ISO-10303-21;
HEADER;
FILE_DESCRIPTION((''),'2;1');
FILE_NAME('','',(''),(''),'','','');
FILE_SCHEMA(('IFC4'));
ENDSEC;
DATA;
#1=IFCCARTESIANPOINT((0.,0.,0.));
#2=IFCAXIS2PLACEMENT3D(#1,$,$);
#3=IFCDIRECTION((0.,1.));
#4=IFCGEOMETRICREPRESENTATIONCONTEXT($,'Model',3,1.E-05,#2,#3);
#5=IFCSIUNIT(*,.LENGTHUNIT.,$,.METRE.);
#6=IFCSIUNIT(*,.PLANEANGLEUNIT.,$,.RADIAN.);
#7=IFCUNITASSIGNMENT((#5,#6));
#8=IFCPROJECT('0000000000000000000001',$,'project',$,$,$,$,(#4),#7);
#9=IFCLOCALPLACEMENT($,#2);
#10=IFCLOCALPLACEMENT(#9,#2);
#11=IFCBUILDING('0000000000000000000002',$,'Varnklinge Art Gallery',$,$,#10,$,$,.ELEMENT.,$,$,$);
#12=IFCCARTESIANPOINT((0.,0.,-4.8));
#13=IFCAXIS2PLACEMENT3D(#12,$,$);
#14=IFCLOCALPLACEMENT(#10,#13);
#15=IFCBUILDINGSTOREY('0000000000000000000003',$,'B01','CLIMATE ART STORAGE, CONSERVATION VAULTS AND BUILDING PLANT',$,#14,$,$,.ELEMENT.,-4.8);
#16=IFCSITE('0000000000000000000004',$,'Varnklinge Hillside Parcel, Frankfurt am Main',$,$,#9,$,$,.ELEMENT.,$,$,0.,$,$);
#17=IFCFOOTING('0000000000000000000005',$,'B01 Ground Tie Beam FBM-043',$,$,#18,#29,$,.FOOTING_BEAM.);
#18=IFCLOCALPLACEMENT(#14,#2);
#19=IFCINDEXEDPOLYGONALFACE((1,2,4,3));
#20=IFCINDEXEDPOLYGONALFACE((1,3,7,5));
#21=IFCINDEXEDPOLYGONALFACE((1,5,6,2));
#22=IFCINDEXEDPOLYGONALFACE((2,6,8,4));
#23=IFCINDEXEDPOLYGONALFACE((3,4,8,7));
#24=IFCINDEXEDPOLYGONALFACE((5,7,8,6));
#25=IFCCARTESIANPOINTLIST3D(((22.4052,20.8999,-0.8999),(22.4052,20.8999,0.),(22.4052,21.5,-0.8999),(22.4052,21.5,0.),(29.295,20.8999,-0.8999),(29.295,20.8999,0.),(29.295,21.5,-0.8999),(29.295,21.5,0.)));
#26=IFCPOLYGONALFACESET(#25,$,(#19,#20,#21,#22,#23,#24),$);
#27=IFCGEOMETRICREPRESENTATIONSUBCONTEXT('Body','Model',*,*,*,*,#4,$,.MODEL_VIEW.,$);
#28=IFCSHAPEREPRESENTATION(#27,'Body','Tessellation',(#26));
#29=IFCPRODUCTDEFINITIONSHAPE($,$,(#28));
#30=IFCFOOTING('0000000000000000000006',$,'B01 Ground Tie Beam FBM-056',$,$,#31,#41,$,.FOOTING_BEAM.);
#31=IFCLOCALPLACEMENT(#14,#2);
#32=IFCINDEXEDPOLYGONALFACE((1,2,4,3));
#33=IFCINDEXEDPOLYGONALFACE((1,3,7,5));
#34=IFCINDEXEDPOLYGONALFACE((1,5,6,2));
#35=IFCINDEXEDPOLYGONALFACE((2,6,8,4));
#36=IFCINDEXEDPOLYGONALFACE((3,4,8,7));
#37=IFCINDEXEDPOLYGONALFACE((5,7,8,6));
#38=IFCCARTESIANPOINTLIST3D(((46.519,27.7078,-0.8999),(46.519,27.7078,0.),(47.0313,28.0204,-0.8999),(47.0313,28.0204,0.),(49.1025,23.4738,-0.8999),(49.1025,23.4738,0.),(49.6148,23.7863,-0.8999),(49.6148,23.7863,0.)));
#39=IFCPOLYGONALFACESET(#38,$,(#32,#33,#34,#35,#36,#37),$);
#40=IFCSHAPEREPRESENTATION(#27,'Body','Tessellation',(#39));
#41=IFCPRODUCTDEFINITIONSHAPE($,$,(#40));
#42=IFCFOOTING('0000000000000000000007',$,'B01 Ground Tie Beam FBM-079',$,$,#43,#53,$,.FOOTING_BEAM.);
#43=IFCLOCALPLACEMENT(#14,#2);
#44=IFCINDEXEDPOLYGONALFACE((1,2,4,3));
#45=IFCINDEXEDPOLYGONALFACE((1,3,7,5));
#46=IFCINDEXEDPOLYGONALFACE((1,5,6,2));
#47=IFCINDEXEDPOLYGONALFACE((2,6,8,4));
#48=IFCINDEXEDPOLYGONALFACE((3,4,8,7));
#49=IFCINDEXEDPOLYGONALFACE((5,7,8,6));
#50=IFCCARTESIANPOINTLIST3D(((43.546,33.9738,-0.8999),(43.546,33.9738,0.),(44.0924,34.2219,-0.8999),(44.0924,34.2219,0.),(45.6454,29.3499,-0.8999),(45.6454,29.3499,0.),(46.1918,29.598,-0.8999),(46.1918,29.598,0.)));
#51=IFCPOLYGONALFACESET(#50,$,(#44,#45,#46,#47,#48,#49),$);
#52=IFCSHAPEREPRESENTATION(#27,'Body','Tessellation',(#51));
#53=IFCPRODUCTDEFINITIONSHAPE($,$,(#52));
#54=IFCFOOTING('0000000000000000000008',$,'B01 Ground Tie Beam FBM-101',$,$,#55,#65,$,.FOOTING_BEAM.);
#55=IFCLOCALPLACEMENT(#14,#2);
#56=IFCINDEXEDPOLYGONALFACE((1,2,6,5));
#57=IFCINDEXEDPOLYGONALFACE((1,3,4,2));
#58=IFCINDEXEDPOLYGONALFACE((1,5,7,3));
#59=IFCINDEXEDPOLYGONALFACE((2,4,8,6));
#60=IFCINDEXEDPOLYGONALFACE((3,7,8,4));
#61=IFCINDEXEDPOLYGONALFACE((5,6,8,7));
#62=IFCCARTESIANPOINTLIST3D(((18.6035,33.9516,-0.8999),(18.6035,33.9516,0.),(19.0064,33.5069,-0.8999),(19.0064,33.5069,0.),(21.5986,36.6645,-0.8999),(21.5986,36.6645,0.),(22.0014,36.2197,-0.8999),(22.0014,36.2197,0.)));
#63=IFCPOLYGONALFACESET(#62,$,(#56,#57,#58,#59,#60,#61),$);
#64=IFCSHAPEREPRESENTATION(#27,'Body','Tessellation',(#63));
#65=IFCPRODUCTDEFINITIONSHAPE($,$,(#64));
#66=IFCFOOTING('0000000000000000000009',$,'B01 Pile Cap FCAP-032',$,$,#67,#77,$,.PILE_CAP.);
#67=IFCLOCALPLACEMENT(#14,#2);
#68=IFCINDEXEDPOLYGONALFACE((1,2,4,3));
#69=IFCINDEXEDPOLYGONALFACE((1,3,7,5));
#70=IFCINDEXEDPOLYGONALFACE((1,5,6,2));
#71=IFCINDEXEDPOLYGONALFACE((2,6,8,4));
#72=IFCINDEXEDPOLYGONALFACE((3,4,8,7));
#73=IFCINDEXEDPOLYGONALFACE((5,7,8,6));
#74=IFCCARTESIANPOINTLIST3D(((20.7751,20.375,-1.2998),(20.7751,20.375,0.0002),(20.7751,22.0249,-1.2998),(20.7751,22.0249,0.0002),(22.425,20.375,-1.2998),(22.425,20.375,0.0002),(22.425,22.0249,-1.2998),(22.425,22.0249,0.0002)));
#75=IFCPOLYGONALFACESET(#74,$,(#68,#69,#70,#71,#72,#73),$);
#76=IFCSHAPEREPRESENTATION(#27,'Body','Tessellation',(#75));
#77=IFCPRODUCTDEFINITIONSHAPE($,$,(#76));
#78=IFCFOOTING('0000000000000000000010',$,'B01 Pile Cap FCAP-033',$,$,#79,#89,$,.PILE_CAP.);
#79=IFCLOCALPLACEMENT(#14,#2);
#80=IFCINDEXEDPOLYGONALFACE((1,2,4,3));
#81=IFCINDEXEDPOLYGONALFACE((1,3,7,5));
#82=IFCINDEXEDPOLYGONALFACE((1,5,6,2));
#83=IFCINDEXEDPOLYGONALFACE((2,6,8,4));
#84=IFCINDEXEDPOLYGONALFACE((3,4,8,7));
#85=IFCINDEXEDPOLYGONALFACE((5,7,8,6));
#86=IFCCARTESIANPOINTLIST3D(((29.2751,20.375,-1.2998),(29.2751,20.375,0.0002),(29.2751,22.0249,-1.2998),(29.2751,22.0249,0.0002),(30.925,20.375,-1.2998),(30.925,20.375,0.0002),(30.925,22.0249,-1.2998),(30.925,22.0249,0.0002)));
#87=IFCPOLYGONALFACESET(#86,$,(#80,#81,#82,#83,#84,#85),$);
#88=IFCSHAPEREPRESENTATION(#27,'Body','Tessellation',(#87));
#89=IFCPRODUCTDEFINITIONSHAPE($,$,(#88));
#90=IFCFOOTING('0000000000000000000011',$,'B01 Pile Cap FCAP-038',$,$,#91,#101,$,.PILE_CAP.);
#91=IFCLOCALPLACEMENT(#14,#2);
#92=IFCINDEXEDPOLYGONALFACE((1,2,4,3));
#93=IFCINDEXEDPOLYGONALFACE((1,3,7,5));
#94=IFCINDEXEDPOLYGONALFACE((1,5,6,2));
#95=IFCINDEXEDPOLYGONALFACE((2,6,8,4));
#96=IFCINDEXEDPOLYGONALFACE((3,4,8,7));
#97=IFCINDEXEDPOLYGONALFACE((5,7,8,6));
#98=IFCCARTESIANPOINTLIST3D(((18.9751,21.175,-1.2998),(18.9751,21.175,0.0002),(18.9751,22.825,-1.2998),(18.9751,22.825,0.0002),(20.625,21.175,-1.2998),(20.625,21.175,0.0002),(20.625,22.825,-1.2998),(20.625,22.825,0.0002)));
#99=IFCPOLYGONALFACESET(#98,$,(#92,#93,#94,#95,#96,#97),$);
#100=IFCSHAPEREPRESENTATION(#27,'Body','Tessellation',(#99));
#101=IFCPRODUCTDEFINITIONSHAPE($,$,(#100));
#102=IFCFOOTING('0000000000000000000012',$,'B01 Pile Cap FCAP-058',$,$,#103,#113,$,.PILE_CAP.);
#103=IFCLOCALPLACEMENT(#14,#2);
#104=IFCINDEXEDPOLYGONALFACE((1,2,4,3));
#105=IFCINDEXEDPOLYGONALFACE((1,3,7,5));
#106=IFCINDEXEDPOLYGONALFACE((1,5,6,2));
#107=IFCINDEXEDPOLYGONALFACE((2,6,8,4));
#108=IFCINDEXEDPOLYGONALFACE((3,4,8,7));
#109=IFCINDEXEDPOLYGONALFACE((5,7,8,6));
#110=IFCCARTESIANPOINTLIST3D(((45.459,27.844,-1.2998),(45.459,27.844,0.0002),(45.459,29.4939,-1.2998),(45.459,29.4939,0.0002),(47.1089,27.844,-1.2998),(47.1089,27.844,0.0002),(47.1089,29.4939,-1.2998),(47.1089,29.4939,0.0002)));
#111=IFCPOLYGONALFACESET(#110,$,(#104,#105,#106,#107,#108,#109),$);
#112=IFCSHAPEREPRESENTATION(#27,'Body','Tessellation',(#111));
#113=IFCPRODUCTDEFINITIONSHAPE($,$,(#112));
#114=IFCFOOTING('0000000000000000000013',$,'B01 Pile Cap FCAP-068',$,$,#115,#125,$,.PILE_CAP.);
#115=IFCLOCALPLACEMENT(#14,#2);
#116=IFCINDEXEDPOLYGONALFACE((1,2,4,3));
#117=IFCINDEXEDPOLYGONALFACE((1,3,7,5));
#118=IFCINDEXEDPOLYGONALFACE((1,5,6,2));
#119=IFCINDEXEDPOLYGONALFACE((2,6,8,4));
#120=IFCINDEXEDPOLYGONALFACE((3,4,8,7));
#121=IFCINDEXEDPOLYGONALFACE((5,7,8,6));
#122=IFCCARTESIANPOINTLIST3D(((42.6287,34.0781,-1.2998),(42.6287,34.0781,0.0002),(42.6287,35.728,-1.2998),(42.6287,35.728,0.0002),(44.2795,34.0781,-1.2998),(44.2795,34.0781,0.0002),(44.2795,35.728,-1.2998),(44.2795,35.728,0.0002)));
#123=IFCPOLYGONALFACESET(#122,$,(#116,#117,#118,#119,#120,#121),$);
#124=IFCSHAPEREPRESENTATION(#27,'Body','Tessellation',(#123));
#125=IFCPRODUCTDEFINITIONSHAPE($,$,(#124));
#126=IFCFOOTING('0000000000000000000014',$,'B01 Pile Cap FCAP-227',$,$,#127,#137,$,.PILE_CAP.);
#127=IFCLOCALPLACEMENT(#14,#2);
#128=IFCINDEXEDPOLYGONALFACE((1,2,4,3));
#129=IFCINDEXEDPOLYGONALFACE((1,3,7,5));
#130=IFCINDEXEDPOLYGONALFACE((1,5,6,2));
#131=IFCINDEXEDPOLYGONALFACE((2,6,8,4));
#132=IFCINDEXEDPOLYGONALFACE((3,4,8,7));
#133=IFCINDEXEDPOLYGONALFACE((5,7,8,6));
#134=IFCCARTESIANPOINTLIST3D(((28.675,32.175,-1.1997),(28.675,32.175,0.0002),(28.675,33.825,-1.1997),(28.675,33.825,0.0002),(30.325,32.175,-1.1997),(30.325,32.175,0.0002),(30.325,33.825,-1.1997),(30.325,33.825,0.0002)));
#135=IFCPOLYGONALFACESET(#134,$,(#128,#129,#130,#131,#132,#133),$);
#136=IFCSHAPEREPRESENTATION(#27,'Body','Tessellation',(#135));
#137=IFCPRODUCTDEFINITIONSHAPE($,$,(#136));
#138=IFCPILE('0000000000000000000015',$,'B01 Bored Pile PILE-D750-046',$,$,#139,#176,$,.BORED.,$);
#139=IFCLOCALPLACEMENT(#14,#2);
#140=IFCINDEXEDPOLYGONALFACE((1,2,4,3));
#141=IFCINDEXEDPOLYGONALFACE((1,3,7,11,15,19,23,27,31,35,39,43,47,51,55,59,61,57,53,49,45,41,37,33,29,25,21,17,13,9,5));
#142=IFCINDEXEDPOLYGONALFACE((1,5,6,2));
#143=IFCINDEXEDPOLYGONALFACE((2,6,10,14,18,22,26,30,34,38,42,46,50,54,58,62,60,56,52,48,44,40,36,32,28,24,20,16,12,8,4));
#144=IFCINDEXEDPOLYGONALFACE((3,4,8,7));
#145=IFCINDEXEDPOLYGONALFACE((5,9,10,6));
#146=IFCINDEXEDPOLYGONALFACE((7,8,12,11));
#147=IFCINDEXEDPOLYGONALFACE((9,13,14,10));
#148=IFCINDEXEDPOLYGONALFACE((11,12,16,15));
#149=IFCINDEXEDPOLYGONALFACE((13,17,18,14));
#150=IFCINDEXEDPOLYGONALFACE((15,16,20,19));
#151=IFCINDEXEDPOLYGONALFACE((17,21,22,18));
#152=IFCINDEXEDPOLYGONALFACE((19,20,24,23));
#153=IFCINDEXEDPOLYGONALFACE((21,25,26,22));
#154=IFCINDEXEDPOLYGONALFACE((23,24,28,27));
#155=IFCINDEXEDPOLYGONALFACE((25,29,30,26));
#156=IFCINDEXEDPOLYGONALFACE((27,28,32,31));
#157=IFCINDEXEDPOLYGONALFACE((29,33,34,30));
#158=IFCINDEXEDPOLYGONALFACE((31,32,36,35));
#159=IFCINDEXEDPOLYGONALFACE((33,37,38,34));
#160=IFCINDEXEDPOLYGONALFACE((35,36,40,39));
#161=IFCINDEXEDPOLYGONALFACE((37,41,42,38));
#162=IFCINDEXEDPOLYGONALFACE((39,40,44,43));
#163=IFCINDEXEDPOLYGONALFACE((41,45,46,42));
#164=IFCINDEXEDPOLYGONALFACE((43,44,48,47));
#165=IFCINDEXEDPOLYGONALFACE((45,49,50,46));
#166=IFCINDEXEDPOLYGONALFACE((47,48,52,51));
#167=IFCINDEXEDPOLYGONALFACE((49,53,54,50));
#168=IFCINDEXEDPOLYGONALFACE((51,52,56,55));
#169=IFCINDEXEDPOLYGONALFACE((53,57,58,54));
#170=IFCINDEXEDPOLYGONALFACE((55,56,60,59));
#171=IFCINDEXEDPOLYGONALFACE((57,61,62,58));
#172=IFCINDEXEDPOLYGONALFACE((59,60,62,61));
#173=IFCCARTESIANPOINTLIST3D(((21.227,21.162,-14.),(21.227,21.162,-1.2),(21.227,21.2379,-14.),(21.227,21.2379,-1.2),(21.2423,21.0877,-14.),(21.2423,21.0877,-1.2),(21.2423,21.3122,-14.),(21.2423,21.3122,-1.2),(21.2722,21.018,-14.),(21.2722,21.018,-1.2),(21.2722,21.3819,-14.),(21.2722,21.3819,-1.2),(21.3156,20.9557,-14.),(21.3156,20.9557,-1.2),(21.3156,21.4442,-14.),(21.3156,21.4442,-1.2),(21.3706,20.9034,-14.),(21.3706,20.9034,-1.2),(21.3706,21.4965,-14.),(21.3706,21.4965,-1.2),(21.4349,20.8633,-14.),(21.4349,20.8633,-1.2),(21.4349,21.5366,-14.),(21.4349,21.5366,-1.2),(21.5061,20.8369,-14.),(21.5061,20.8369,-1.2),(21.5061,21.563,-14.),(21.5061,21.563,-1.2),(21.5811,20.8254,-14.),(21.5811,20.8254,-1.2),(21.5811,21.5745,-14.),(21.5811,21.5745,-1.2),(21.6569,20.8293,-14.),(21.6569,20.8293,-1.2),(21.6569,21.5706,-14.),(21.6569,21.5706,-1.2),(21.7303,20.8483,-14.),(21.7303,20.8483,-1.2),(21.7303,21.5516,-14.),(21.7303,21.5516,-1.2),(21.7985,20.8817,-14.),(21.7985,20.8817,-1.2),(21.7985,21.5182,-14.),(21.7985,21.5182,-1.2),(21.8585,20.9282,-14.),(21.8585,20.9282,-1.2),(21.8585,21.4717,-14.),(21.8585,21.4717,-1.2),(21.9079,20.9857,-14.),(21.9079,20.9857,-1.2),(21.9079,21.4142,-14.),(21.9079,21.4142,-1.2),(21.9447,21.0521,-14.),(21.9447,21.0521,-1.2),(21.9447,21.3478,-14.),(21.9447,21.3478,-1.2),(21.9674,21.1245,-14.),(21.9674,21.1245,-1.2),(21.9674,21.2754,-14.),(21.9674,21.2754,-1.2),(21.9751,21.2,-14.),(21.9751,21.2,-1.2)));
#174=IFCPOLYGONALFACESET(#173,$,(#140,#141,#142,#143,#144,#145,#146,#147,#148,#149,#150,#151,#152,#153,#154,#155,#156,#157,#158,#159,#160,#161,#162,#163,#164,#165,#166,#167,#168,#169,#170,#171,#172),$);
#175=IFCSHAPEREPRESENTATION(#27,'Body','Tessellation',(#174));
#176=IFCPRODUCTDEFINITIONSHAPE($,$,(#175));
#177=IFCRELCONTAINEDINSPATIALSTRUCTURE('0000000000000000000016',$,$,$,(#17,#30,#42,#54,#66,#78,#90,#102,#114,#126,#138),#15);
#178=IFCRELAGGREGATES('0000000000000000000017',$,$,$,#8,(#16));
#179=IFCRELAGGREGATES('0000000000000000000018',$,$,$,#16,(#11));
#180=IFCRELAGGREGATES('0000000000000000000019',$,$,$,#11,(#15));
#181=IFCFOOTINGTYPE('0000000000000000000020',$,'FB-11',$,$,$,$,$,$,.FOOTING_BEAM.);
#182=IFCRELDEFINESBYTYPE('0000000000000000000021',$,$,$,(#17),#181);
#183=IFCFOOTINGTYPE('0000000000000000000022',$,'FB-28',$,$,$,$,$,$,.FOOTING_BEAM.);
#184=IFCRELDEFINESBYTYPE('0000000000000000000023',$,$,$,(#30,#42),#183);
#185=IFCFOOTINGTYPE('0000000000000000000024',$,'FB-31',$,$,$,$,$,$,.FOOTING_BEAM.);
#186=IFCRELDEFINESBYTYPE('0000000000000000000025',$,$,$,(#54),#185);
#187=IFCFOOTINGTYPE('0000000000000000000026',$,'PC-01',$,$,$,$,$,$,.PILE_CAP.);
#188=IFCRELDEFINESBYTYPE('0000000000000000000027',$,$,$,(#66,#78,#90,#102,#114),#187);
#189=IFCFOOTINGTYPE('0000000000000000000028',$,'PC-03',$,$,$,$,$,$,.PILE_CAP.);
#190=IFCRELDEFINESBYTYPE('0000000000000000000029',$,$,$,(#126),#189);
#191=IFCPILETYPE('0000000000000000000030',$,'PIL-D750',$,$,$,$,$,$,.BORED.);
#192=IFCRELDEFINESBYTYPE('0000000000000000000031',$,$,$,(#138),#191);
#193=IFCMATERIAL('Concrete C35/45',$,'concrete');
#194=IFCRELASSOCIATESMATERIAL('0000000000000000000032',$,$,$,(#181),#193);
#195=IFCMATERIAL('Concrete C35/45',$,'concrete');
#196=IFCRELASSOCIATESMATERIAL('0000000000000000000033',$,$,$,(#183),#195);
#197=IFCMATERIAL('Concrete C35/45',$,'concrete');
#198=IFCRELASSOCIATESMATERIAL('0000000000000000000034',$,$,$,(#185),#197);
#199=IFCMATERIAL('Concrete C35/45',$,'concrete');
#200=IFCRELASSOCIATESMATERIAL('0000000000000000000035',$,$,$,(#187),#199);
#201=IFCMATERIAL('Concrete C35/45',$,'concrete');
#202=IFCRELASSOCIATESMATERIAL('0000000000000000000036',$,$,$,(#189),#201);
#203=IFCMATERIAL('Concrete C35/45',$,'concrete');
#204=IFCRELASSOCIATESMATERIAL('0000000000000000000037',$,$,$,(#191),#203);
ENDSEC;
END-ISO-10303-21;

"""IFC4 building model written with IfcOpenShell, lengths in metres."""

from ifc_helpers import new_model, si_unit, direction, frame, origin, origin_2d, place, context, subcontext, project, spatial, rectangle, circle, extrude, material, material_profile, profile_set, type_object, element, save


model = new_model("IFC4")

# Units and contexts
model_context = context("Model", 3, precision=1e-05, world=origin(), true_north=direction((0.0, 1.0)))
body_context = subcontext(model_context, "Body", "Model", "MODEL_VIEW")
ifc_project = project(units=[si_unit("LENGTHUNIT", "METRE"), si_unit("PLANEANGLEUNIT", "RADIAN")], contexts=[model_context])

# Site, building, storey
site_placement = place(None, origin())
site = spatial("IfcSite", under=ifc_project, at=site_placement, Name="Varnklinge Hillside Parcel, Frankfurt am Main", CompositionType="ELEMENT", RefElevation=0.0)
building_placement = place(site_placement, origin())
building = spatial("IfcBuilding", under=site, at=building_placement, Name="Varnklinge Art Gallery", CompositionType="ELEMENT")
storey_placement = place(building_placement, frame((0.0, 0.0, -4.8)))
storey = spatial("IfcBuildingStorey", under=building, at=storey_placement, Name="B01", Description="CLIMATE ART STORAGE, CONSERVATION VAULTS AND BUILDING PLANT", CompositionType="ELEMENT", Elevation=-4.8)

# Footings
ifc_material_1 = material(Name="Concrete C35/45", Category="concrete")
footing_type_1 = type_object("IfcFootingType", Name="FB-11", PredefinedType="FOOTING_BEAM", material=ifc_material_1)
footing_1_placement = place(storey_placement, frame((25.8501, 21.2, -0.8999), z_axis=(0.0, 0.0, 1.0), x_axis=(1.0, 0.0, 0.0)))
element("IfcFooting", 1, at=footing_1_placement, inside=storey, type_object=footing_type_1, Name="B01 Ground Tie Beam FBM-043", PredefinedType="FOOTING_BEAM", context=body_context, shape_type="SweptSolid", body=[
    extrude(rectangle(XDim=6.8899, YDim=0.6001, at=origin_2d()), origin(), (0.0, 0.0, 1.0), 0.8999),
])
ifc_material_2 = material(Name="Concrete C35/45", Category="concrete")
footing_type_2 = type_object("IfcFootingType", Name="FB-28", PredefinedType="FOOTING_BEAM", material=ifc_material_2)
footing_2_placement = place(storey_placement, frame((48.0669, 25.7471, -0.8999), z_axis=(0.0, 0.0, 1.0), x_axis=(-0.520861, 0.853642, 0.0)))
element("IfcFooting", 2, at=footing_2_placement, inside=storey, type_object=footing_type_2, Name="B01 Ground Tie Beam FBM-056", PredefinedType="FOOTING_BEAM", context=body_context, shape_type="SweptSolid", body=[
    extrude(rectangle(XDim=4.96, YDim=0.6001, at=origin_2d()), origin(), (0.0, 0.0, 1.0), 0.8999),
])
footing_3_placement = place(storey_placement, frame((44.8689, 31.7859, -0.8999), z_axis=(0.0, 0.0, 1.0), x_axis=(-0.413422, 0.910539, 0.0)))
element("IfcFooting", 3, at=footing_3_placement, inside=storey, type_object=footing_type_2, Name="B01 Ground Tie Beam FBM-079", PredefinedType="FOOTING_BEAM", context=body_context, shape_type="SweptSolid", body=[
    extrude(rectangle(XDim=5.0781, YDim=0.6001, at=origin_2d()), origin(), (0.0, 0.0, 1.0), 0.8999),
])
ifc_material_3 = material(Name="Concrete C35/45", Category="concrete")
footing_type_3 = type_object("IfcFootingType", Name="FB-31", PredefinedType="FOOTING_BEAM", material=ifc_material_3)
footing_4_placement = place(storey_placement, frame((20.3025, 35.0857, -0.8999), z_axis=(0.0, 0.0, 1.0), x_axis=(-0.741156, -0.671333, 0.0)))
element("IfcFooting", 4, at=footing_4_placement, inside=storey, type_object=footing_type_3, Name="B01 Ground Tie Beam FBM-101", PredefinedType="FOOTING_BEAM", context=body_context, shape_type="SweptSolid", body=[
    extrude(rectangle(XDim=4.041, YDim=0.6001, at=origin_2d()), origin(), (0.0, 0.0, 1.0), 0.8999),
])
ifc_material_4 = material(Name="Concrete C35/45", Category="concrete")
footing_type_4 = type_object("IfcFootingType", Name="PC-01", PredefinedType="PILE_CAP", material=ifc_material_4)
for number, where, z_axis, x_axis, name in (
    (5, (21.6001, 21.2, -1.2998), (0.0, 0.0, 1.0), (1.0, 0.0, 0.0), "B01 Pile Cap FCAP-032"),
    (6, (30.1001, 21.2, -1.2998), (0.0, 0.0, 1.0), (1.0, 0.0, 0.0), "B01 Pile Cap FCAP-033"),
    (7, (19.8, 22.0, -1.2998), (0.0, 0.0, 1.0), (1.0, 0.0, 0.0), "B01 Pile Cap FCAP-038"),
    (8, (46.2839, 28.6689, -1.2998), (0.0, 0.0, 1.0), (1.0, 0.0, 0.0), "B01 Pile Cap FCAP-058"),
):
    element("IfcFooting", number, at=place(storey_placement, frame(where, z_axis=z_axis, x_axis=x_axis)), inside=storey, type_object=footing_type_4, Name=name, PredefinedType="PILE_CAP", context=body_context, shape_type="SweptSolid", body=[
        extrude(rectangle(XDim=1.6499, YDim=1.6499, at=origin_2d()), origin(), (0.0, 0.0, 1.0), 1.3),
    ])
footing_5_placement = place(storey_placement, frame((43.4541, 34.9031, -1.2998), z_axis=(0.0, 0.0, 1.0), x_axis=(1.0, 0.0, 0.0)))
element("IfcFooting", 9, at=footing_5_placement, inside=storey, type_object=footing_type_4, Name="B01 Pile Cap FCAP-068", PredefinedType="PILE_CAP", context=body_context, shape_type="SweptSolid", body=[
    extrude(rectangle(XDim=1.6509, YDim=1.6499, at=origin_2d()), origin(), (0.0, 0.0, 1.0), 1.3),
])
ifc_material_5 = material(Name="Concrete C35/45", Category="concrete")
footing_type_5 = type_object("IfcFootingType", Name="PC-03", PredefinedType="PILE_CAP", material=ifc_material_5)
footing_6_placement = place(storey_placement, frame((29.5, 33.0, -1.1997), z_axis=(0.0, 0.0, 1.0), x_axis=(1.0, 0.0, 0.0)))
element("IfcFooting", 10, at=footing_6_placement, inside=storey, type_object=footing_type_5, Name="B01 Pile Cap FCAP-227", PredefinedType="PILE_CAP", context=body_context, shape_type="SweptSolid", body=[
    extrude(rectangle(XDim=1.6499, YDim=1.6499, at=origin_2d()), origin(), (0.0, 0.0, 1.0), 1.2),
])

# Pile
ifc_material_6 = material(Name="Concrete C35/45", Category="concrete")
ifc_material_profile_1 = material_profile(ifc_material_6, circle(Radius=0.375, at=origin_2d()), Name="PILE D750")
ifc_profile_set_1 = profile_set([ifc_material_profile_1], Name="Concrete C35/45")
pile_type = type_object("IfcPileType", Name="PIL-D750", PredefinedType="BORED", material=ifc_profile_set_1)
for number, where, z_axis, x_axis, name in (
    (11, (21.6001, 21.2, -1.2), (0.0, 0.0, -1.0), (1.0, 0.0, 0.0), "B01 Bored Pile PILE-D750-046"),
):
    element("IfcPile", number, at=place(storey_placement, frame(where, z_axis=z_axis, x_axis=x_axis)), inside=storey, type_object=pile_type, Name=name, PredefinedType="BORED", context=body_context, shape_type="SweptSolid", body=[
        extrude(circle(Radius=0.375, at=origin_2d()), origin(), (0.0, 0.0, 1.0), 12.8),
    ])

save(model, "model.ifc")
